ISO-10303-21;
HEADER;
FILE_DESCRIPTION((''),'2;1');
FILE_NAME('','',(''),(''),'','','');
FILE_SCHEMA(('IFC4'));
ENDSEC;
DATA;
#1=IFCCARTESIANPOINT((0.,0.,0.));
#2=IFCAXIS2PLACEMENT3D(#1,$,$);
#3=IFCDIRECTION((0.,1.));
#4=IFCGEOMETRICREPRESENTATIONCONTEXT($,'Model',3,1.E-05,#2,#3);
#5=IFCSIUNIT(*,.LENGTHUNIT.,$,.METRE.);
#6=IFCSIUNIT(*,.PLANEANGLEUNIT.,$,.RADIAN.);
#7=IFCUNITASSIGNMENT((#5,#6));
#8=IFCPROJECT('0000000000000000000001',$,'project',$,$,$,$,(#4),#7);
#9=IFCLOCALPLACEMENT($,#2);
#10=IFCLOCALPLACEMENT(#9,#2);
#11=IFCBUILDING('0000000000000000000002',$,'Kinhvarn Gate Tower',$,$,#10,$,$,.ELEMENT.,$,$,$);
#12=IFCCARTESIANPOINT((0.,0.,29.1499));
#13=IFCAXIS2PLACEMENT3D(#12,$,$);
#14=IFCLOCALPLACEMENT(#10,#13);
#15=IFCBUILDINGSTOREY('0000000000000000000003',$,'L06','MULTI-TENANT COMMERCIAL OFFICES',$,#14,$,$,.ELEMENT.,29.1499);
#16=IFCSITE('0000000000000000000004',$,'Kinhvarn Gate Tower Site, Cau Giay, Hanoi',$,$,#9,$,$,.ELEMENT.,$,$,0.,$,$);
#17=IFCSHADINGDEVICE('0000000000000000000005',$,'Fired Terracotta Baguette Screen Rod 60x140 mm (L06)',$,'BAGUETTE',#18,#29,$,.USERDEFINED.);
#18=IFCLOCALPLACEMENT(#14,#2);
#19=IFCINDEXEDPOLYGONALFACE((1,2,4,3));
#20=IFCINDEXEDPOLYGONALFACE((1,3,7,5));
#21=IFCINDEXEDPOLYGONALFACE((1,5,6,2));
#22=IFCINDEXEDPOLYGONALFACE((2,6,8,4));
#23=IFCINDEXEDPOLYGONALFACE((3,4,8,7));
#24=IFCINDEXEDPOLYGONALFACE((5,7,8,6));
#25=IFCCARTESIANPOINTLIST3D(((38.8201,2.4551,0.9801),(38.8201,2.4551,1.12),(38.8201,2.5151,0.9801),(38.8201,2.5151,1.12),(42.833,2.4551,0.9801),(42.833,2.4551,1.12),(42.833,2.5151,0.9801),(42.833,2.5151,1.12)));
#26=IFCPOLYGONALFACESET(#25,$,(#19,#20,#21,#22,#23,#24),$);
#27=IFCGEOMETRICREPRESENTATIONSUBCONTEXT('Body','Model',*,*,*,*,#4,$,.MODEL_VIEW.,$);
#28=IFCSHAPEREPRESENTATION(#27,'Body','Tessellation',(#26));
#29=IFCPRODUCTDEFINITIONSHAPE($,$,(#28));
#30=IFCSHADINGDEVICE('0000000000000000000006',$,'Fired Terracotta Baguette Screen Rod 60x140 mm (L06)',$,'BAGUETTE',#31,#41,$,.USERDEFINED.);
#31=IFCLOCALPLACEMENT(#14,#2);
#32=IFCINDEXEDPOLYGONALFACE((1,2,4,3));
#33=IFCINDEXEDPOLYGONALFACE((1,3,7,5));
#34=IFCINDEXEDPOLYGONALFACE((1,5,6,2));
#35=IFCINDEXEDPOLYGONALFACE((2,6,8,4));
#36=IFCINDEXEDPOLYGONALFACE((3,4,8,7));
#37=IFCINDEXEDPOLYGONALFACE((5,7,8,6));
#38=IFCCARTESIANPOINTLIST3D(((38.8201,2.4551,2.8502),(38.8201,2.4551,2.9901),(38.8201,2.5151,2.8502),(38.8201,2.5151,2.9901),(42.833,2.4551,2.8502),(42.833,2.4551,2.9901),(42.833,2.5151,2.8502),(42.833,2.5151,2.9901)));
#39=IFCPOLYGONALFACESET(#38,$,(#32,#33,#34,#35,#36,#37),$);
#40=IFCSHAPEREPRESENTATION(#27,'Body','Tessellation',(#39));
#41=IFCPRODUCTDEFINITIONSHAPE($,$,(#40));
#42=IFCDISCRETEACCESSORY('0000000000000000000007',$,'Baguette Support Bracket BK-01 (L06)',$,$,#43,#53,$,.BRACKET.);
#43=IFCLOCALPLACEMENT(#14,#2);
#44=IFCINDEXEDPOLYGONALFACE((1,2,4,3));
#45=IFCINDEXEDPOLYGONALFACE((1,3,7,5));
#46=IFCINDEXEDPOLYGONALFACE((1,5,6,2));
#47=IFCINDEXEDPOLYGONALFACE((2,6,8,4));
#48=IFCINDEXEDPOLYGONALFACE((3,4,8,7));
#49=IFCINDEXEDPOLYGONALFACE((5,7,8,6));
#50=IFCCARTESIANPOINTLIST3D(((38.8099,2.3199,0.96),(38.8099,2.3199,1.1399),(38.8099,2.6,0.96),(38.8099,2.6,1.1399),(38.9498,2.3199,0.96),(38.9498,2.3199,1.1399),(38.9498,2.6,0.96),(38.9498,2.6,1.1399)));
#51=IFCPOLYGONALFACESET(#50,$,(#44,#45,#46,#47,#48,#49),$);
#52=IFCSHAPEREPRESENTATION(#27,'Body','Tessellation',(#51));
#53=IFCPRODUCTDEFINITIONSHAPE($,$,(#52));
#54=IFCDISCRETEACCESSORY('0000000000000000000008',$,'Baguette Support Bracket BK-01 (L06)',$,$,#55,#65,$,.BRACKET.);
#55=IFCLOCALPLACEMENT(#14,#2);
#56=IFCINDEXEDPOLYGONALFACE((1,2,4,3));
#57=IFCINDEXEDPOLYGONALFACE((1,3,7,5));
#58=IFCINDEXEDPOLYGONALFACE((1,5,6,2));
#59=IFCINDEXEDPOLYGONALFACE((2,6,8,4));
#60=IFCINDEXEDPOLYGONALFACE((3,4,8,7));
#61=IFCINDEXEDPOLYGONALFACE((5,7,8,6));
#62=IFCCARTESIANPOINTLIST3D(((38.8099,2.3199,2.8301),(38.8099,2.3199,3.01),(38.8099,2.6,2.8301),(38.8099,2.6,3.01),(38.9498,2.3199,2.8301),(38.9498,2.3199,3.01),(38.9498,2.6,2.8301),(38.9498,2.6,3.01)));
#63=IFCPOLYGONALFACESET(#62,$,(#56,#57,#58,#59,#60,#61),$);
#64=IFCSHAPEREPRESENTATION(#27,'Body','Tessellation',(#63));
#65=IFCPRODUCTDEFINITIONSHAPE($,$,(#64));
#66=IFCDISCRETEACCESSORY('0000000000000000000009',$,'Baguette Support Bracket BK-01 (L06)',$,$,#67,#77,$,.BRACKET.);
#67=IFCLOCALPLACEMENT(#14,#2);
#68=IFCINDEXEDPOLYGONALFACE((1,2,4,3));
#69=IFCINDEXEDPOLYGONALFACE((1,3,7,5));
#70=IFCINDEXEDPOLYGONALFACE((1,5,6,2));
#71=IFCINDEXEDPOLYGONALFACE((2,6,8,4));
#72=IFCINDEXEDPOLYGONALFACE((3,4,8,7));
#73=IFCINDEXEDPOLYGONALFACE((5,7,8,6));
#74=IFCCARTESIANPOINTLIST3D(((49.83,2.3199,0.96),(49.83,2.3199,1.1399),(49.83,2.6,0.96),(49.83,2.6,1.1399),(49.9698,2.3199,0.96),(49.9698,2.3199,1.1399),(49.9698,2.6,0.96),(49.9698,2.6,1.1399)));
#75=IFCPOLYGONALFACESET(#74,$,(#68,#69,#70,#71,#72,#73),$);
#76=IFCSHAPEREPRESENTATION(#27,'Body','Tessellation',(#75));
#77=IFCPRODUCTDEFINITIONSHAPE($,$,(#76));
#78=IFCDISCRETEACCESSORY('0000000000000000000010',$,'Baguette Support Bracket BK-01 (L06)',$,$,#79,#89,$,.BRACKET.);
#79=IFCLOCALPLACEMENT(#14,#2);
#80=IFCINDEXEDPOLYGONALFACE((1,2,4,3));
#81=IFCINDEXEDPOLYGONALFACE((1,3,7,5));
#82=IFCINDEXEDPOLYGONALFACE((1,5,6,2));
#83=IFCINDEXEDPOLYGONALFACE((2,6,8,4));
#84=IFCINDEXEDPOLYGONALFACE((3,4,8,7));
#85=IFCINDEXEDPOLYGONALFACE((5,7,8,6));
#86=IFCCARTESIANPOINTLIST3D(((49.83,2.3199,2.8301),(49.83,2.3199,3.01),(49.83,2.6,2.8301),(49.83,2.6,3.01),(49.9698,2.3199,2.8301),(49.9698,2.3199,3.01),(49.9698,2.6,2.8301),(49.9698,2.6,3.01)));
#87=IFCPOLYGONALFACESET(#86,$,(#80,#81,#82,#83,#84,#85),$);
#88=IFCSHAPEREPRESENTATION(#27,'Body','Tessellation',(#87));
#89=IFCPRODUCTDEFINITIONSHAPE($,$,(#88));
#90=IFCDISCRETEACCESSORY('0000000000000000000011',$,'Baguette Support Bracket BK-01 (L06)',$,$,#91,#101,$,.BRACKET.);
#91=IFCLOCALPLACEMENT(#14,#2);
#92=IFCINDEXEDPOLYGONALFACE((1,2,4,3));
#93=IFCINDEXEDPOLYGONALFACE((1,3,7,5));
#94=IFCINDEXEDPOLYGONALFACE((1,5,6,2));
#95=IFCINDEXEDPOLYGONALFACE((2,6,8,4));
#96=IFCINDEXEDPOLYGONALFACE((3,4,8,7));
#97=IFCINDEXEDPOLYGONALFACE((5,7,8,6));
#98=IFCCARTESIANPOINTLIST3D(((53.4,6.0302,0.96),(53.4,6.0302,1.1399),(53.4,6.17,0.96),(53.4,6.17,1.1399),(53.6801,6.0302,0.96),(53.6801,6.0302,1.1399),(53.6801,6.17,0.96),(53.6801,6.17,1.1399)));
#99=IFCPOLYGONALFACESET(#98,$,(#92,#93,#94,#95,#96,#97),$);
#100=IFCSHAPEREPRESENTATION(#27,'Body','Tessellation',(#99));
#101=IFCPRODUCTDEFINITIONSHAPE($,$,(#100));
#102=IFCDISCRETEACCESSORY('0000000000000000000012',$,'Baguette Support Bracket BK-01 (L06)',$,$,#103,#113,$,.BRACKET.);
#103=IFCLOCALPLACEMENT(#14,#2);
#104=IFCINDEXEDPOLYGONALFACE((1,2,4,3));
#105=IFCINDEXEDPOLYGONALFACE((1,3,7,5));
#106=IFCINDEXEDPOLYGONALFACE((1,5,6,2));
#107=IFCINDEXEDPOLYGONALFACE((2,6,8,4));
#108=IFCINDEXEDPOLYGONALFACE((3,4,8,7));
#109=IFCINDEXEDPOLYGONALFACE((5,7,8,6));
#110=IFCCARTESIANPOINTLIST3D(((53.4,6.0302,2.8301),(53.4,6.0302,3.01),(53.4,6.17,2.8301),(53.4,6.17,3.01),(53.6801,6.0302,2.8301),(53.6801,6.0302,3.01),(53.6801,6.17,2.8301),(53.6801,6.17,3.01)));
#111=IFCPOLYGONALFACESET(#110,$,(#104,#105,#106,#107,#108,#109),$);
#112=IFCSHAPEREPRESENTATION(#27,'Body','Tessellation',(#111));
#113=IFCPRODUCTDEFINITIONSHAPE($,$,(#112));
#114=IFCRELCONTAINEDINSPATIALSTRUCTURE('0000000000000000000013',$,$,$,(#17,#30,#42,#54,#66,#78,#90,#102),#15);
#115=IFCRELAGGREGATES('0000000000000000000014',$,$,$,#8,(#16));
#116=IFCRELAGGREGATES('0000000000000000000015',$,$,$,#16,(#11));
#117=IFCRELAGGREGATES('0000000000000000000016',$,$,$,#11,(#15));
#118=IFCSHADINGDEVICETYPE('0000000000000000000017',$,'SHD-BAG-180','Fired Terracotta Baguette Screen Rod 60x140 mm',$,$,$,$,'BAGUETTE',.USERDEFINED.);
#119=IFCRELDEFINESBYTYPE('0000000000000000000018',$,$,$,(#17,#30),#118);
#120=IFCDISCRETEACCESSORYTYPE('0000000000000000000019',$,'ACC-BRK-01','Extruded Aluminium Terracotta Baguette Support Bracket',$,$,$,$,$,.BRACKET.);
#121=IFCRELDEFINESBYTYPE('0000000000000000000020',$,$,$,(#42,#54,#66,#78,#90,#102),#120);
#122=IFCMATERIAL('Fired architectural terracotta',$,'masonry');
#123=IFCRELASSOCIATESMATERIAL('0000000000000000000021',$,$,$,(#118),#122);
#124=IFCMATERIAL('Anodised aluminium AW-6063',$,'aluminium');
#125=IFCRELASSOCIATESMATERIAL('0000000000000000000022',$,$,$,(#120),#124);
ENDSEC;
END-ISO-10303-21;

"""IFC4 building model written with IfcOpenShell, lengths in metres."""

from ifc_helpers import new_model, si_unit, direction, frame, origin, origin_2d, place, context, subcontext, project, spatial, rectangle, extrude, material, material_profile, profile_set, type_object, element, save


model = new_model("IFC4")

# Units and contexts
model_context = context("Model", 3, precision=1e-05, world=origin(), true_north=direction((0.0, 1.0)))
body_context = subcontext(model_context, "Body", "Model", "MODEL_VIEW")
ifc_project = project(units=[si_unit("LENGTHUNIT", "METRE"), si_unit("PLANEANGLEUNIT", "RADIAN")], contexts=[model_context])

# Site, building, storey
site_placement = place(None, origin())
site = spatial("IfcSite", under=ifc_project, at=site_placement, Name="Kinhvarn Gate Tower Site, Cau Giay, Hanoi", CompositionType="ELEMENT", RefElevation=0.0)
building_placement = place(site_placement, origin())
building = spatial("IfcBuilding", under=site, at=building_placement, Name="Kinhvarn Gate Tower", CompositionType="ELEMENT")
storey_placement = place(building_placement, frame((0.0, 0.0, 29.1499)))
storey = spatial("IfcBuildingStorey", under=building, at=storey_placement, Name="L06", Description="MULTI-TENANT COMMERCIAL OFFICES", CompositionType="ELEMENT", Elevation=29.1499)

# Shared definitions
ifc_material_1 = material(Name="Anodised aluminium AW-6063", Category="aluminium")

# Shared definitions
ifc_material_2 = material(Name="Fired architectural terracotta", Category="masonry")

# Shading devices
ifc_material_profile_1 = material_profile(ifc_material_2, rectangle(XDim=0.0601, YDim=0.1399, at=origin_2d()), Name="TC 60x140")
ifc_profile_set_1 = profile_set([ifc_material_profile_1], Name="Fired architectural terracotta")
shading_device_type = type_object("IfcShadingDeviceType", Name="SHD-BAG-180", Description="Fired Terracotta Baguette Screen Rod 60x140 mm", ElementType="BAGUETTE", PredefinedType="USERDEFINED", material=ifc_profile_set_1)
for number, where, z_axis, x_axis, name in (
    (1, (38.8201, 2.4851, 1.05), (1.0, 0.0, 0.0), (0.0, 1.0, 0.0), "Fired Terracotta Baguette Screen Rod 60x140 mm (L06)"),
    (2, (38.8201, 2.4851, 2.9202), (1.0, 0.0, 0.0), (0.0, 1.0, 0.0), "Fired Terracotta Baguette Screen Rod 60x140 mm (L06)"),
):
    element("IfcShadingDevice", number, at=place(storey_placement, frame(where, z_axis=z_axis, x_axis=x_axis)), inside=storey, type_object=shading_device_type, Name=name, ObjectType="BAGUETTE", PredefinedType="USERDEFINED", context=body_context, shape_type="SweptSolid", body=[
        extrude(rectangle(XDim=0.0601, YDim=0.1399, at=origin_2d()), origin(), (0.0, 0.0, 1.0), 4.0129),
    ])

# Discrete accessories
discrete_accessory_type = type_object("IfcDiscreteAccessoryType", Name="ACC-BRK-01", Description="Extruded Aluminium Terracotta Baguette Support Bracket", PredefinedType="BRACKET", material=ifc_material_1)
for number, where, z_axis, x_axis, name in (
    (3, (38.8799, 2.46, 0.96), (0.0, 0.0, 1.0), (1.0, 0.0, 0.0), "Baguette Support Bracket BK-01 (L06)"),
    (4, (38.8799, 2.46, 2.8301), (0.0, 0.0, 1.0), (1.0, 0.0, 0.0), "Baguette Support Bracket BK-01 (L06)"),
    (5, (49.8999, 2.46, 0.96), (0.0, 0.0, 1.0), (1.0, 0.0, 0.0), "Baguette Support Bracket BK-01 (L06)"),
    (6, (49.8999, 2.46, 2.8301), (0.0, 0.0, 1.0), (1.0, 0.0, 0.0), "Baguette Support Bracket BK-01 (L06)"),
    (7, (53.54, 6.1001, 0.96), (0.0, 0.0, 1.0), (0.0, 1.0, 0.0), "Baguette Support Bracket BK-01 (L06)"),
    (8, (53.54, 6.1001, 2.8301), (0.0, 0.0, 1.0), (0.0, 1.0, 0.0), "Baguette Support Bracket BK-01 (L06)"),
):
    element("IfcDiscreteAccessory", number, at=place(storey_placement, frame(where, z_axis=z_axis, x_axis=x_axis)), inside=storey, type_object=discrete_accessory_type, Name=name, PredefinedType="BRACKET", context=body_context, shape_type="SweptSolid", body=[
        extrude(rectangle(XDim=0.1399, YDim=0.28, at=origin_2d()), origin(), (0.0, 0.0, 1.0), 0.1799),
    ])

save(model, "model.ifc")
